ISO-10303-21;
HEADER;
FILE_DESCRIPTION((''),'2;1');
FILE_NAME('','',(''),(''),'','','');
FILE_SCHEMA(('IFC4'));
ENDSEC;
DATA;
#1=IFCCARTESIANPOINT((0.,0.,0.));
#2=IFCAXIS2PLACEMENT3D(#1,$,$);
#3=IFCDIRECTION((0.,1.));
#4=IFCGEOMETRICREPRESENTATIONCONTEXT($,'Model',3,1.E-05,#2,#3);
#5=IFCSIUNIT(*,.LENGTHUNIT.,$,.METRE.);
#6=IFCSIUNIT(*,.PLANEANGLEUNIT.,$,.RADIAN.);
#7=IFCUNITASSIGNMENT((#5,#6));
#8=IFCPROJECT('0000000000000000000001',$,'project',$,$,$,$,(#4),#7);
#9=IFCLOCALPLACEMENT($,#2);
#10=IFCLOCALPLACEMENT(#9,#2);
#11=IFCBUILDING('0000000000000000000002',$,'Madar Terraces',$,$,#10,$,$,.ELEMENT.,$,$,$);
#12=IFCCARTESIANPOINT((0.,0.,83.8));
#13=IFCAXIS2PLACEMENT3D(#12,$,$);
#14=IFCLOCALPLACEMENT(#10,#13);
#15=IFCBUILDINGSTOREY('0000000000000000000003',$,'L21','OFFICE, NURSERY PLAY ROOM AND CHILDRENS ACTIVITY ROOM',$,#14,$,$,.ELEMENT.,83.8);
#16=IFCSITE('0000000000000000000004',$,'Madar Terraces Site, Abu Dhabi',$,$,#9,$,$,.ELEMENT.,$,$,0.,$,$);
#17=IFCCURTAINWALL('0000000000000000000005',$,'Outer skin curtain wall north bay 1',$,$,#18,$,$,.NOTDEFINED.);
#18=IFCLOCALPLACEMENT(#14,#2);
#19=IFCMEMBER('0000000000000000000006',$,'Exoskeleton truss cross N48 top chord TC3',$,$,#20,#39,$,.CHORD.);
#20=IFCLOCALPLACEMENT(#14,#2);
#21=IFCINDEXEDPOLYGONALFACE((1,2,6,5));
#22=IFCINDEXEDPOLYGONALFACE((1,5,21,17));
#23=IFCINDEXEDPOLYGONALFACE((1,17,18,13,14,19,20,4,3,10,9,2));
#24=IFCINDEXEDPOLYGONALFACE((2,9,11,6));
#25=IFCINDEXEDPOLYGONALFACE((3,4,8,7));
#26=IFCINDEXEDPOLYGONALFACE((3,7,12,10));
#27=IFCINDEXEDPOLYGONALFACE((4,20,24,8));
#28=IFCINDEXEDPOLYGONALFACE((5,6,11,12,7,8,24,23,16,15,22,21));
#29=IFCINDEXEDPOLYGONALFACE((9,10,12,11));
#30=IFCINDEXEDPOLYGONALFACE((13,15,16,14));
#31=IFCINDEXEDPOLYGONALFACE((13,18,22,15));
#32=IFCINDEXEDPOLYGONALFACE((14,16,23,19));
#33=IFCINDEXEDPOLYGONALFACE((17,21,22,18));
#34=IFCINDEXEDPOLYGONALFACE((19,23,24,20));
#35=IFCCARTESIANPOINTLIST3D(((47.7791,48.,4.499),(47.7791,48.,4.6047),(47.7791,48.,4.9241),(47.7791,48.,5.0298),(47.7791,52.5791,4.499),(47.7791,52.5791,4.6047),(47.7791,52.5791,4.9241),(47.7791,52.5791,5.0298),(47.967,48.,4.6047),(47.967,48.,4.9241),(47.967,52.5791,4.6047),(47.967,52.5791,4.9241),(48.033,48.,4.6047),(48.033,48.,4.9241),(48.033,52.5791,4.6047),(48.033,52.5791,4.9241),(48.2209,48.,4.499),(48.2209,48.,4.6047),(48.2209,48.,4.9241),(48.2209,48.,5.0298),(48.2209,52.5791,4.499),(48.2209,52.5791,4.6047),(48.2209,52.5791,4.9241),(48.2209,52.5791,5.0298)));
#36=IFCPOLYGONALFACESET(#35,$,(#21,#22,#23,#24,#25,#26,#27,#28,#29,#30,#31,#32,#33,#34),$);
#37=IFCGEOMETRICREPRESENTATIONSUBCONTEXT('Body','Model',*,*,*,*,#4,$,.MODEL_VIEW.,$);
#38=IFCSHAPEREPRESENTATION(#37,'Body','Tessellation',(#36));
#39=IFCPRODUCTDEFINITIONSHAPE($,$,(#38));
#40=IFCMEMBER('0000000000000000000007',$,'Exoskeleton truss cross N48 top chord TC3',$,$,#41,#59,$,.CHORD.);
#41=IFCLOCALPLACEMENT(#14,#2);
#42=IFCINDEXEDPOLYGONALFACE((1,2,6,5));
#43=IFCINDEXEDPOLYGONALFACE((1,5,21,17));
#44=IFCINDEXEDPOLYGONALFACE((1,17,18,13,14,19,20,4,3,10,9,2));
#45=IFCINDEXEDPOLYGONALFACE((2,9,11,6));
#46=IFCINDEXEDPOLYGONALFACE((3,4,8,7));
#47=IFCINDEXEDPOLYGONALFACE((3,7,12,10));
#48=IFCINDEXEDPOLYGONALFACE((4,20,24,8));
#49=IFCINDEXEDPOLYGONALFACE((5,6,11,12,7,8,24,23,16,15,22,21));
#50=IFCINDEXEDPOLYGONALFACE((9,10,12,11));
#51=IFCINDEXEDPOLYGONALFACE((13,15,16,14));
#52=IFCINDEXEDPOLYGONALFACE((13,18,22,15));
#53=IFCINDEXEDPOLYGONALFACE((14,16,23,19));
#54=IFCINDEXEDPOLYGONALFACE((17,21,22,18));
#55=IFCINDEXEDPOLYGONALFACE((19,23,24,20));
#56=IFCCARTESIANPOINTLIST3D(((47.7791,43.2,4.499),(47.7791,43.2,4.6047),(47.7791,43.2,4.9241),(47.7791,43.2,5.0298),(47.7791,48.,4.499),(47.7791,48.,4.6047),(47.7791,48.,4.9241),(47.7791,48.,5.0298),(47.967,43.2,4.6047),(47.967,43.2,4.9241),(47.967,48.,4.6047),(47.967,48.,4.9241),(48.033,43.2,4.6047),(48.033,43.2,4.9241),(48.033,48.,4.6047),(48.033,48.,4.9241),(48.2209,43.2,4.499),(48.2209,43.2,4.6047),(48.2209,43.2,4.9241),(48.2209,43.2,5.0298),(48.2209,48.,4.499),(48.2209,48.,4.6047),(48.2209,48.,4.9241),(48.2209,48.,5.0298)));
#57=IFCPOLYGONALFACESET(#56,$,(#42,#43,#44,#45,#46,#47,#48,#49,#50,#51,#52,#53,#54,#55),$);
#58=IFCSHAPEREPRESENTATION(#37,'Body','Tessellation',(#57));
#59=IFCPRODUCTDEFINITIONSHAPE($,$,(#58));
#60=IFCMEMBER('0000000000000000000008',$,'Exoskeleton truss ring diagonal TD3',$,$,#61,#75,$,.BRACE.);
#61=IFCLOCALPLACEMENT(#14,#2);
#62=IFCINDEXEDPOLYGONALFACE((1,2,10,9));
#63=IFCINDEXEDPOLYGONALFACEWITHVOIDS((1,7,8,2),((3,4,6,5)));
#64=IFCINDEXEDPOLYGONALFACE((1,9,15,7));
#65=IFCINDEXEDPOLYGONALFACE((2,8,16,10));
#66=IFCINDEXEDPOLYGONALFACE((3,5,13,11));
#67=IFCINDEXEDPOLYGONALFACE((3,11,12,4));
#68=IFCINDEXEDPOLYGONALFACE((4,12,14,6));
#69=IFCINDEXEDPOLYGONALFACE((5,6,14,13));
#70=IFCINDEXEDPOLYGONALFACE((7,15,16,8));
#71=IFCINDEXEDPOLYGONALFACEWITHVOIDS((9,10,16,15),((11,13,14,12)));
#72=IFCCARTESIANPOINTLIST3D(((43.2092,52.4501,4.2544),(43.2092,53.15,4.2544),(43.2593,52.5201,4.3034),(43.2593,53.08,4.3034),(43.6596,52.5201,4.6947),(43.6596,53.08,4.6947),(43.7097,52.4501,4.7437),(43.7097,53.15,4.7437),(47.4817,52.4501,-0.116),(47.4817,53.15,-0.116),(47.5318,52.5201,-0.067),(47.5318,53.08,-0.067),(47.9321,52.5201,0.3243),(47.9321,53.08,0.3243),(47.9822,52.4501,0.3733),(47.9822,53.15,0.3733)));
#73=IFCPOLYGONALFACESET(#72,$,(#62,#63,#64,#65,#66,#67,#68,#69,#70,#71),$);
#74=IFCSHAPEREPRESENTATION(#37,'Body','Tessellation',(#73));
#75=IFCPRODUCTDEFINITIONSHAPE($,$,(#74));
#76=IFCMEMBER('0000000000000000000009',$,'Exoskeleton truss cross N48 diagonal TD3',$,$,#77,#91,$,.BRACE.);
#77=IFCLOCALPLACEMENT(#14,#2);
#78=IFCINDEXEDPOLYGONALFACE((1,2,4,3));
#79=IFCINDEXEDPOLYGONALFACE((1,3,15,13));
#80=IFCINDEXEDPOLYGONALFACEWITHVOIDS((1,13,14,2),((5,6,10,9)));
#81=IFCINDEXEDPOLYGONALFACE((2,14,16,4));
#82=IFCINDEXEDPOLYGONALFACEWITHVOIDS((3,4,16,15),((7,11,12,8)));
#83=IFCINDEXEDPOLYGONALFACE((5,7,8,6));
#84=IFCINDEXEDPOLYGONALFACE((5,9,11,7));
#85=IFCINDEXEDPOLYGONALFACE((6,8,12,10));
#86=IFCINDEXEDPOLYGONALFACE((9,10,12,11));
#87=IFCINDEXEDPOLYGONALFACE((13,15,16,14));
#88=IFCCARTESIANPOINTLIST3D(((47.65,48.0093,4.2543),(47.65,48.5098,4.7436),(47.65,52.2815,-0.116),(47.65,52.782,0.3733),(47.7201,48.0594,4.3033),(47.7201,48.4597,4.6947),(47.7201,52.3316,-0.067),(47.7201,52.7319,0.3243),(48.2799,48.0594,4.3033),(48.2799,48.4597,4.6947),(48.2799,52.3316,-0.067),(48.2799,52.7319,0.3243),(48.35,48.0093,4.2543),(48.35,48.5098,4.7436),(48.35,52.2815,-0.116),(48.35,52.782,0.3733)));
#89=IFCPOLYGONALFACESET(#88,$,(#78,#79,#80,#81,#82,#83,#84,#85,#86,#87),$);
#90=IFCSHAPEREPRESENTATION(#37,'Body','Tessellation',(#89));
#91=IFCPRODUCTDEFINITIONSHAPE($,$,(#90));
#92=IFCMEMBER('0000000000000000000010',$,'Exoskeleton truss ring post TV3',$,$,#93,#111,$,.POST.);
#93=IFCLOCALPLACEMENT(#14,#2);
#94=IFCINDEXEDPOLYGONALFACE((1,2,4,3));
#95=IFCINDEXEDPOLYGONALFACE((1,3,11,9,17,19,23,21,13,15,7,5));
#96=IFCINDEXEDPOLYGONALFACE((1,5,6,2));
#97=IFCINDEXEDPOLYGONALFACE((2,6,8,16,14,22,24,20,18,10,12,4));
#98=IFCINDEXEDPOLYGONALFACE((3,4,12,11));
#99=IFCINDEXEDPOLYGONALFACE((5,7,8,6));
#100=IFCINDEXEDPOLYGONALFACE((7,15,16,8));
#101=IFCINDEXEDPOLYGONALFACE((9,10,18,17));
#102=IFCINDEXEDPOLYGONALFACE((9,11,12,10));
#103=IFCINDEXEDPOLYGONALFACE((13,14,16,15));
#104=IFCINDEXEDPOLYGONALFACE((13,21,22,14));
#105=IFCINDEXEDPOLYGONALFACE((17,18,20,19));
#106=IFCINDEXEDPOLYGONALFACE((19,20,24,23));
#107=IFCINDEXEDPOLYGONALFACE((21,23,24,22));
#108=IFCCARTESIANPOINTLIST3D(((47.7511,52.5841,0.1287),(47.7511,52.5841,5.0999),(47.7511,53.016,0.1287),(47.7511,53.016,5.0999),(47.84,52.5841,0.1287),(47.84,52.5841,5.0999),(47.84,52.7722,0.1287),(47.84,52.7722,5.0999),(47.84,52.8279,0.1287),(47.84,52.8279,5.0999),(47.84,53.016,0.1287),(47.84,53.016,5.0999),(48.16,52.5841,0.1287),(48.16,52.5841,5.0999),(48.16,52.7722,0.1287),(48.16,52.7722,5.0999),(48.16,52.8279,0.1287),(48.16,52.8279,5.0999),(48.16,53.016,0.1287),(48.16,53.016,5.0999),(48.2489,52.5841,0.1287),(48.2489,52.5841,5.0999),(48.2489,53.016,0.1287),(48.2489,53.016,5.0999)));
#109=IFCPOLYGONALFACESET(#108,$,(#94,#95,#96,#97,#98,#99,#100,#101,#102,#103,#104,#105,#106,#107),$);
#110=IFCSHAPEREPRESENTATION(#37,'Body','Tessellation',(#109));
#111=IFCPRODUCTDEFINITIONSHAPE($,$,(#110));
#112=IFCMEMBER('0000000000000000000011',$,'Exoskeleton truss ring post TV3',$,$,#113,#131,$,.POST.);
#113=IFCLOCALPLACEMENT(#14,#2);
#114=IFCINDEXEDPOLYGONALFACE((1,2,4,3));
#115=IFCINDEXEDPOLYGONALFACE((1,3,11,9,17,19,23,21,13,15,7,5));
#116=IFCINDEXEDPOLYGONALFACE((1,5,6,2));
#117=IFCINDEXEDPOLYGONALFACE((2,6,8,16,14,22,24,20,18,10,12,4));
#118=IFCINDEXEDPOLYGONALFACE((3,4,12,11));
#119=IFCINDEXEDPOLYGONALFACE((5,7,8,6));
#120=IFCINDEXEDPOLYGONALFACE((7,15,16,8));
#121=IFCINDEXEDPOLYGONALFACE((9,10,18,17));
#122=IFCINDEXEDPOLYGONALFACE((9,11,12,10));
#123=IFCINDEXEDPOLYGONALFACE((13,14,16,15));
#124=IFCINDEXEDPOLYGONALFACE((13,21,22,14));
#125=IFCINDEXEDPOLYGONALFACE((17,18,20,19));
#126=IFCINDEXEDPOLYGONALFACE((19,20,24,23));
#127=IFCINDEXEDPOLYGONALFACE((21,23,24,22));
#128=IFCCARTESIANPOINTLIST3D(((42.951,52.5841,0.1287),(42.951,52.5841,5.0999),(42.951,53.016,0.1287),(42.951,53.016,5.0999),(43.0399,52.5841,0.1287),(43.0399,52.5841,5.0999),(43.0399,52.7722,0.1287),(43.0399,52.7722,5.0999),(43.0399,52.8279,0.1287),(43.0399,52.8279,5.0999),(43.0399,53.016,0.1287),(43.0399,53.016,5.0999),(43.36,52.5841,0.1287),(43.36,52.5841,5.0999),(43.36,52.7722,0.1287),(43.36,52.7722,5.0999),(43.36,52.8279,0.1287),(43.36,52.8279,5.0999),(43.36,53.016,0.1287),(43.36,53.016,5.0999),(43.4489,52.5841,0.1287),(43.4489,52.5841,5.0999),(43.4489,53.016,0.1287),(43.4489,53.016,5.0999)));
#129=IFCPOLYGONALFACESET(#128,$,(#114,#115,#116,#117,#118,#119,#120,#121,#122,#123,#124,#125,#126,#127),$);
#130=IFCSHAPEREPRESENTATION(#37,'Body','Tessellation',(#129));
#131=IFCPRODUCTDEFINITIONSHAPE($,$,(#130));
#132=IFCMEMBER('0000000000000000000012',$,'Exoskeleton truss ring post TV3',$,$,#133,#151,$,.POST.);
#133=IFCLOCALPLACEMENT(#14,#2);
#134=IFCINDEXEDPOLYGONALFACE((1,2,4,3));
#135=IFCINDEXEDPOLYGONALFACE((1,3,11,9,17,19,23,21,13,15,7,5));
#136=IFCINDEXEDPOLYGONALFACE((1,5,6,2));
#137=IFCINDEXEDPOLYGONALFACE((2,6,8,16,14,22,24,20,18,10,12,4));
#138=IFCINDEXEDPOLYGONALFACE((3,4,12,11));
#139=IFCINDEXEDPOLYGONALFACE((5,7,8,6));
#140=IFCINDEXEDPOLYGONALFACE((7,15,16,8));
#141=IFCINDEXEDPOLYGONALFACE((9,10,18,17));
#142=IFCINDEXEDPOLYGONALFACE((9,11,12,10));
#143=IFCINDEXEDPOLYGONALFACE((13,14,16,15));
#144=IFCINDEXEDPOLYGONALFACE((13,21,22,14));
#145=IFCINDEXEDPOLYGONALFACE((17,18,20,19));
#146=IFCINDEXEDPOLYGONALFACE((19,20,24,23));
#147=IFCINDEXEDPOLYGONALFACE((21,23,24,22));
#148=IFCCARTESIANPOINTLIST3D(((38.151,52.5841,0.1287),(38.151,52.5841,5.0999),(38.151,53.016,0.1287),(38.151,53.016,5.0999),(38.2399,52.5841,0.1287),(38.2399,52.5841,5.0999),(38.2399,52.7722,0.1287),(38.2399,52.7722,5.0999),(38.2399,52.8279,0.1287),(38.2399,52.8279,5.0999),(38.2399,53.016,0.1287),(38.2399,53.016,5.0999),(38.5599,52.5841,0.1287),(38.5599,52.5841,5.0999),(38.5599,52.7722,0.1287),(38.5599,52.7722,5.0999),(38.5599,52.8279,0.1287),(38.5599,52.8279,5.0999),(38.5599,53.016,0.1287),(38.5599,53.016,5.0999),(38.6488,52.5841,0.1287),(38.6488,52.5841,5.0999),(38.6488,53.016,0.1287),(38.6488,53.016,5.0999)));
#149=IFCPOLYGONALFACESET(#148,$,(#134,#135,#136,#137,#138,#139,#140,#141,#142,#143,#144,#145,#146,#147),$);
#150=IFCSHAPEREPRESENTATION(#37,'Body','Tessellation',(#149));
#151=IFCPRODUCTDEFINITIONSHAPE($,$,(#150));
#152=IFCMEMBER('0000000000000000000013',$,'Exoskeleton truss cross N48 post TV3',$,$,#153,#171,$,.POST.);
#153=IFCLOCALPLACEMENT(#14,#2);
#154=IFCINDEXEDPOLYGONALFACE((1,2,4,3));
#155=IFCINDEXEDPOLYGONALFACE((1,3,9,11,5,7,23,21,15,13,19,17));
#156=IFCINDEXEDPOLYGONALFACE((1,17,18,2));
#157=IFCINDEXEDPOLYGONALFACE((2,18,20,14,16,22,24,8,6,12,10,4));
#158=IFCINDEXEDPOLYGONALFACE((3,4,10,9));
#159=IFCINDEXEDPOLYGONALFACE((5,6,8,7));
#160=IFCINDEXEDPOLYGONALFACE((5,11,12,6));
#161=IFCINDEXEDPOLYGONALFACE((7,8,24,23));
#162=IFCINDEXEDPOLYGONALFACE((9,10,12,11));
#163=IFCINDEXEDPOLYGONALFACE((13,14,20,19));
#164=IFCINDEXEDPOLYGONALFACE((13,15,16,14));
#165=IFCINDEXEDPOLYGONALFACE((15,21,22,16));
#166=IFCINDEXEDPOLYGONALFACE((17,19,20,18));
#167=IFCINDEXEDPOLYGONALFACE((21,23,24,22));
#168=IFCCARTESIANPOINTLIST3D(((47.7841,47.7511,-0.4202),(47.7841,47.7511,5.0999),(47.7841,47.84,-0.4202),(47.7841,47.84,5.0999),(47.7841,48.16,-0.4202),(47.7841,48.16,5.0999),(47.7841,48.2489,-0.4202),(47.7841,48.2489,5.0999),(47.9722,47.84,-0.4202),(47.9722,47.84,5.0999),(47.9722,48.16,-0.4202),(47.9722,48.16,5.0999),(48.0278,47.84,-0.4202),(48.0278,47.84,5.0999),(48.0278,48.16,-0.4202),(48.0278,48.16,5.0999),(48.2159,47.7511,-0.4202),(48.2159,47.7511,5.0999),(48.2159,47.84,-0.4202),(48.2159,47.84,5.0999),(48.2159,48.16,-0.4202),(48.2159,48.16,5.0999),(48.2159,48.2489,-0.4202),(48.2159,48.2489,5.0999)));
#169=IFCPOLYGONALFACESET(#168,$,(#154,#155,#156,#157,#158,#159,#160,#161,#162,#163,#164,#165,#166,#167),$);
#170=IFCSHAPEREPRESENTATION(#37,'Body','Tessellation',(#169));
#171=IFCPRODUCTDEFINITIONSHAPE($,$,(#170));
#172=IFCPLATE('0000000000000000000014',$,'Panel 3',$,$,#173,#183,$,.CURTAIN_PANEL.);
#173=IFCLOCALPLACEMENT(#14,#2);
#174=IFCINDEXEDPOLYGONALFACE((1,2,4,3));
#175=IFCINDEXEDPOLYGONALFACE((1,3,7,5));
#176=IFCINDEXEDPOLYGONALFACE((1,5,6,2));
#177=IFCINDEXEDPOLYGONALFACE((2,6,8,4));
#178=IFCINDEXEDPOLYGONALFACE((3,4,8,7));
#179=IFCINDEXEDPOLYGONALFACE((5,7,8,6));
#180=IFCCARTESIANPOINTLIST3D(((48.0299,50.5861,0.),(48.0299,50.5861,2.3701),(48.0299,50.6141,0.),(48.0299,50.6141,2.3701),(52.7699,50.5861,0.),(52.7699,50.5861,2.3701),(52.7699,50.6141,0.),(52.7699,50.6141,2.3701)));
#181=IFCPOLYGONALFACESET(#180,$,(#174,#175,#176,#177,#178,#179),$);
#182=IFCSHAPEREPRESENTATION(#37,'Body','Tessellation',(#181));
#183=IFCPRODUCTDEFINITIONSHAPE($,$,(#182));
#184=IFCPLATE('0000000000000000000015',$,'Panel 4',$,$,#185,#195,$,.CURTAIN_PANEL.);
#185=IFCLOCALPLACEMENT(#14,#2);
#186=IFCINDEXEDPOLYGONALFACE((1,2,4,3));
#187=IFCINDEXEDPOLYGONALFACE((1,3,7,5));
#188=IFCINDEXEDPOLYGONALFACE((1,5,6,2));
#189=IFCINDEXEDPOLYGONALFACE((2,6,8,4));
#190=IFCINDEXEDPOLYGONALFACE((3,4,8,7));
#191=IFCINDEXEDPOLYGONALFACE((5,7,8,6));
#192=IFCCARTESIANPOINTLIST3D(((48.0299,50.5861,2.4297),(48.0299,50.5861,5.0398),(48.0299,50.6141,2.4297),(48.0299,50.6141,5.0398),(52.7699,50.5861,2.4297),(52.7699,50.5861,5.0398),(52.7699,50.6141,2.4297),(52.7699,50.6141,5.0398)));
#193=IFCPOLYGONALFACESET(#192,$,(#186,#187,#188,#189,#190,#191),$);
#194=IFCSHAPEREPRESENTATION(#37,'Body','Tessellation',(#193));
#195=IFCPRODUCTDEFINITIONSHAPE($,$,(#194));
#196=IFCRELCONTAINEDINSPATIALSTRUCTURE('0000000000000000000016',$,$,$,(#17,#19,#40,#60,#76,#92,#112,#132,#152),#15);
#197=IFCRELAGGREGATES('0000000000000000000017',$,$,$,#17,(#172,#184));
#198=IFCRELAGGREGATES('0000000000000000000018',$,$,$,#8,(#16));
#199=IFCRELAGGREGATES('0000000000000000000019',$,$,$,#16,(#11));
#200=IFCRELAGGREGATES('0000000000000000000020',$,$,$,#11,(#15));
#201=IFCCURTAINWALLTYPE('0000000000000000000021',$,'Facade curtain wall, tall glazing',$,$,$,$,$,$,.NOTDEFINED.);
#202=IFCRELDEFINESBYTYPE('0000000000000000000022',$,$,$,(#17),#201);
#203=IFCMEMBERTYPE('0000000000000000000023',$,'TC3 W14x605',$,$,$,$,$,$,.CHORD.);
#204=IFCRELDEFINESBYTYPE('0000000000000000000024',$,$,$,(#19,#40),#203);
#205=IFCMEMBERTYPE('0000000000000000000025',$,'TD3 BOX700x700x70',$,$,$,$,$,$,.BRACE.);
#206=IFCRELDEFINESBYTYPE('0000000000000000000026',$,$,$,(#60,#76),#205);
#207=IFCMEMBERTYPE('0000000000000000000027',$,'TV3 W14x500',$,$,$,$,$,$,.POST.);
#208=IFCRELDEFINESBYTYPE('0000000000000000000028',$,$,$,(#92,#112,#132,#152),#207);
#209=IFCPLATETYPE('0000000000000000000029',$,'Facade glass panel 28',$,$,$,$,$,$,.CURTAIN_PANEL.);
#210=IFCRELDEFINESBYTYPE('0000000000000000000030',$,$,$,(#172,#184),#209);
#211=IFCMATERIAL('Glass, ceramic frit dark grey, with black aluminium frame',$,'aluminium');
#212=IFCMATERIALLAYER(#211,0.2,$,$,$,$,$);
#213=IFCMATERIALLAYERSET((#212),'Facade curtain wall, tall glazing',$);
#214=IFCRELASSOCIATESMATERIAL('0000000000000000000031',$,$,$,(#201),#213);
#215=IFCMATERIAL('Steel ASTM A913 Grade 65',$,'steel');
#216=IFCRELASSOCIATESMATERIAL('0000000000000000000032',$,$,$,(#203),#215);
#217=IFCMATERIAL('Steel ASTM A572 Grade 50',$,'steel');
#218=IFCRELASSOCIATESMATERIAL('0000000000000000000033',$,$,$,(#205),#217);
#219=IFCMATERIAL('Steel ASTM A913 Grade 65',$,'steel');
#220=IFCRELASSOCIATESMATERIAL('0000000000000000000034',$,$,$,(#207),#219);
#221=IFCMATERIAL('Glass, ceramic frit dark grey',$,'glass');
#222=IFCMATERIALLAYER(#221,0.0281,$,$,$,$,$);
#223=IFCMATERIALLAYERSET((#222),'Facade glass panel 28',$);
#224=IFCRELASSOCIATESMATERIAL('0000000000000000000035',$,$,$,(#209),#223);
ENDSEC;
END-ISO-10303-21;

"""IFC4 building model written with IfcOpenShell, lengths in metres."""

from ifc_helpers import new_model, si_unit, direction, frame, origin, origin_2d, place, context, subcontext, project, spatial, rectangle, hollow_rectangle, i_section, extrude, material, layer, layer_set, material_profile, profile_set, type_object, element, aggregate, save


model = new_model("IFC4")

# Units and contexts
model_context = context("Model", 3, precision=1e-05, world=origin(), true_north=direction((0.0, 1.0)))
body_context = subcontext(model_context, "Body", "Model", "MODEL_VIEW")
ifc_project = project(units=[si_unit("LENGTHUNIT", "METRE"), si_unit("PLANEANGLEUNIT", "RADIAN")], contexts=[model_context])

# Site, building, storey
site_placement = place(None, origin())
site = spatial("IfcSite", under=ifc_project, at=site_placement, Name="Madar Terraces Site, Abu Dhabi", CompositionType="ELEMENT", RefElevation=0.0)
building_placement = place(site_placement, origin())
building = spatial("IfcBuilding", under=site, at=building_placement, Name="Madar Terraces", CompositionType="ELEMENT")
storey_placement = place(building_placement, frame((0.0, 0.0, 83.8)))
storey = spatial("IfcBuildingStorey", under=building, at=storey_placement, Name="L21", Description="OFFICE, NURSERY PLAY ROOM AND CHILDRENS ACTIVITY ROOM", CompositionType="ELEMENT", Elevation=83.8)

# Curtain wall
ifc_material_1 = material(Name="Glass, ceramic frit dark grey, with black aluminium frame", Category="aluminium")
ifc_layer_1 = layer(ifc_material_1, 0.2)
ifc_layer_set_1 = layer_set([ifc_layer_1], Name="Facade curtain wall, tall glazing")
curtain_wall_type = type_object("IfcCurtainWallType", Name="Facade curtain wall, tall glazing", PredefinedType="NOTDEFINED", material=ifc_layer_set_1)
curtain_wall_placement = place(storey_placement, origin())
curtain_wall = element("IfcCurtainWall", 1, at=curtain_wall_placement, inside=storey, type_object=curtain_wall_type, Name="Outer skin curtain wall north bay 1", PredefinedType="NOTDEFINED")

# Members
ifc_material_2 = material(Name="Steel ASTM A913 Grade 65", Category="steel")
ifc_material_profile_1 = material_profile(ifc_material_2, i_section(OverallWidth=0.4419, OverallDepth=0.5308, WebThickness=0.0659, FlangeThickness=0.1057, at=origin_2d()), Name="W14x605")
ifc_profile_set_1 = profile_set([ifc_material_profile_1], Name="Steel ASTM A913 Grade 65")
member_type_1 = type_object("IfcMemberType", Name="TC3 W14x605", PredefinedType="CHORD", material=ifc_profile_set_1)
member_1_placement = place(storey_placement, frame((48.0, 52.5791, 4.7644), z_axis=(0.0, -1.0, 0.0), x_axis=(1.0, 0.0, 0.0)))
element("IfcMember", 2, at=member_1_placement, inside=storey, type_object=member_type_1, Name="Exoskeleton truss cross N48 top chord TC3", PredefinedType="CHORD", context=body_context, shape_type="SweptSolid", body=[
    extrude(i_section(OverallWidth=0.4419, OverallDepth=0.5308, WebThickness=0.0659, FlangeThickness=0.1057, at=origin_2d()), origin(), (0.0, 0.0, 1.0), 4.5791),
])
member_2_placement = place(storey_placement, frame((48.0, 48.0, 4.7644), z_axis=(0.0, -1.0, 0.0), x_axis=(1.0, 0.0, 0.0)))
element("IfcMember", 3, at=member_2_placement, inside=storey, type_object=member_type_1, Name="Exoskeleton truss cross N48 top chord TC3", PredefinedType="CHORD", context=body_context, shape_type="SweptSolid", body=[
    extrude(i_section(OverallWidth=0.4419, OverallDepth=0.5308, WebThickness=0.0659, FlangeThickness=0.1057, at=origin_2d()), origin(), (0.0, 0.0, 1.0), 4.8),
])
ifc_material_3 = material(Name="Steel ASTM A572 Grade 50", Category="steel")
ifc_material_profile_2 = material_profile(ifc_material_3, hollow_rectangle(XDim=0.7, YDim=0.7, WallThickness=0.0701, at=origin_2d()), Name="BOX700x700x70")
ifc_profile_set_2 = profile_set([ifc_material_profile_2], Name="Steel ASTM A572 Grade 50")
member_type_2 = type_object("IfcMemberType", Name="TD3 BOX700x700x70", PredefinedType="BRACE", material=ifc_profile_set_2)
member_3_placement = place(storey_placement, frame((47.7319, 52.8, 0.1287), z_axis=(-0.699052, 0.0, 0.715071), x_axis=(0.0, -1.0, 0.0)))
element("IfcMember", 4, at=member_3_placement, inside=storey, type_object=member_type_2, Name="Exoskeleton truss ring diagonal TD3", PredefinedType="BRACE", context=body_context, shape_type="SweptSolid", body=[
    extrude(hollow_rectangle(XDim=0.7, YDim=0.7, WallThickness=0.0701, at=origin_2d()), origin(), (0.0, 0.0, 1.0), 6.1118),
])
member_4_placement = place(storey_placement, frame((48.0, 52.5317, 0.1287), z_axis=(0.0, -0.699032, 0.715091), x_axis=(1.0, 0.0, 0.0)))
element("IfcMember", 5, at=member_4_placement, inside=storey, type_object=member_type_2, Name="Exoskeleton truss cross N48 diagonal TD3", PredefinedType="BRACE", context=body_context, shape_type="SweptSolid", body=[
    extrude(hollow_rectangle(XDim=0.7, YDim=0.7, WallThickness=0.0701, at=origin_2d()), origin(), (0.0, 0.0, 1.0), 6.1116),
])
ifc_material_4 = material(Name="Steel ASTM A913 Grade 65", Category="steel")
ifc_material_profile_3 = material_profile(ifc_material_4, i_section(OverallWidth=0.4319, OverallDepth=0.4978, WebThickness=0.0557, FlangeThickness=0.0889, at=origin_2d()), Name="W14x500")
ifc_profile_set_3 = profile_set([ifc_material_profile_3], Name="Steel ASTM A913 Grade 65")
member_type_3 = type_object("IfcMemberType", Name="TV3 W14x500", PredefinedType="POST", material=ifc_profile_set_3)
for number, where, z_axis, x_axis, name in (
    (6, (48.0, 52.8, 0.1287), (0.0, 0.0, 1.0), (0.0, -1.0, 0.0), "Exoskeleton truss ring post TV3"),
    (7, (43.2, 52.8, 0.1287), (0.0, 0.0, 1.0), (0.0, -1.0, 0.0), "Exoskeleton truss ring post TV3"),
    (8, (38.3999, 52.8, 0.1287), (0.0, 0.0, 1.0), (0.0, -1.0, 0.0), "Exoskeleton truss ring post TV3"),
):
    element("IfcMember", number, at=place(storey_placement, frame(where, z_axis=z_axis, x_axis=x_axis)), inside=storey, type_object=member_type_3, Name=name, PredefinedType="POST", context=body_context, shape_type="SweptSolid", body=[
        extrude(i_section(OverallWidth=0.4319, OverallDepth=0.4978, WebThickness=0.0557, FlangeThickness=0.0889, at=origin_2d()), origin(), (0.0, 0.0, 1.0), 4.9712),
    ])
member_5_placement = place(storey_placement, frame((48.0, 48.0, -0.4202), z_axis=(0.0, 0.0, 1.0), x_axis=(-1.0, 0.0, 0.0)))
element("IfcMember", 9, at=member_5_placement, inside=storey, type_object=member_type_3, Name="Exoskeleton truss cross N48 post TV3", PredefinedType="POST", context=body_context, shape_type="SweptSolid", body=[
    extrude(i_section(OverallWidth=0.4319, OverallDepth=0.4978, WebThickness=0.0557, FlangeThickness=0.0889, at=origin_2d()), origin(), (0.0, 0.0, 1.0), 5.52),
])

# Plates
ifc_material_5 = material(Name="Glass, ceramic frit dark grey", Category="glass")
ifc_layer_2 = layer(ifc_material_5, 0.0281)
ifc_layer_set_2 = layer_set([ifc_layer_2], Name="Facade glass panel 28")
plate_type = type_object("IfcPlateType", Name="Facade glass panel 28", PredefinedType="CURTAIN_PANEL", material=ifc_layer_set_2)
plate_1_placement = place(storey_placement, frame((50.3999, 50.6001, 0.0), z_axis=(0.0, 0.0, 1.0), x_axis=(-1.0, 0.0, 0.0)))
plate_1 = element("IfcPlate", 10, at=plate_1_placement, type_object=plate_type, Name="Panel 3", PredefinedType="CURTAIN_PANEL", context=body_context, shape_type="SweptSolid", body=[
    extrude(rectangle(XDim=4.74, YDim=0.0281, at=origin_2d()), origin(), (0.0, 0.0, 1.0), 2.3701),
])
plate_2_placement = place(storey_placement, frame((50.3999, 50.6001, 2.4297), z_axis=(0.0, 0.0, 1.0), x_axis=(-1.0, 0.0, 0.0)))
plate_2 = element("IfcPlate", 11, at=plate_2_placement, type_object=plate_type, Name="Panel 4", PredefinedType="CURTAIN_PANEL", context=body_context, shape_type="SweptSolid", body=[
    extrude(rectangle(XDim=4.74, YDim=0.0281, at=origin_2d()), origin(), (0.0, 0.0, 1.0), 2.6101),
])
aggregate(curtain_wall, [plate_1, plate_2])

save(model, "model.ifc")
